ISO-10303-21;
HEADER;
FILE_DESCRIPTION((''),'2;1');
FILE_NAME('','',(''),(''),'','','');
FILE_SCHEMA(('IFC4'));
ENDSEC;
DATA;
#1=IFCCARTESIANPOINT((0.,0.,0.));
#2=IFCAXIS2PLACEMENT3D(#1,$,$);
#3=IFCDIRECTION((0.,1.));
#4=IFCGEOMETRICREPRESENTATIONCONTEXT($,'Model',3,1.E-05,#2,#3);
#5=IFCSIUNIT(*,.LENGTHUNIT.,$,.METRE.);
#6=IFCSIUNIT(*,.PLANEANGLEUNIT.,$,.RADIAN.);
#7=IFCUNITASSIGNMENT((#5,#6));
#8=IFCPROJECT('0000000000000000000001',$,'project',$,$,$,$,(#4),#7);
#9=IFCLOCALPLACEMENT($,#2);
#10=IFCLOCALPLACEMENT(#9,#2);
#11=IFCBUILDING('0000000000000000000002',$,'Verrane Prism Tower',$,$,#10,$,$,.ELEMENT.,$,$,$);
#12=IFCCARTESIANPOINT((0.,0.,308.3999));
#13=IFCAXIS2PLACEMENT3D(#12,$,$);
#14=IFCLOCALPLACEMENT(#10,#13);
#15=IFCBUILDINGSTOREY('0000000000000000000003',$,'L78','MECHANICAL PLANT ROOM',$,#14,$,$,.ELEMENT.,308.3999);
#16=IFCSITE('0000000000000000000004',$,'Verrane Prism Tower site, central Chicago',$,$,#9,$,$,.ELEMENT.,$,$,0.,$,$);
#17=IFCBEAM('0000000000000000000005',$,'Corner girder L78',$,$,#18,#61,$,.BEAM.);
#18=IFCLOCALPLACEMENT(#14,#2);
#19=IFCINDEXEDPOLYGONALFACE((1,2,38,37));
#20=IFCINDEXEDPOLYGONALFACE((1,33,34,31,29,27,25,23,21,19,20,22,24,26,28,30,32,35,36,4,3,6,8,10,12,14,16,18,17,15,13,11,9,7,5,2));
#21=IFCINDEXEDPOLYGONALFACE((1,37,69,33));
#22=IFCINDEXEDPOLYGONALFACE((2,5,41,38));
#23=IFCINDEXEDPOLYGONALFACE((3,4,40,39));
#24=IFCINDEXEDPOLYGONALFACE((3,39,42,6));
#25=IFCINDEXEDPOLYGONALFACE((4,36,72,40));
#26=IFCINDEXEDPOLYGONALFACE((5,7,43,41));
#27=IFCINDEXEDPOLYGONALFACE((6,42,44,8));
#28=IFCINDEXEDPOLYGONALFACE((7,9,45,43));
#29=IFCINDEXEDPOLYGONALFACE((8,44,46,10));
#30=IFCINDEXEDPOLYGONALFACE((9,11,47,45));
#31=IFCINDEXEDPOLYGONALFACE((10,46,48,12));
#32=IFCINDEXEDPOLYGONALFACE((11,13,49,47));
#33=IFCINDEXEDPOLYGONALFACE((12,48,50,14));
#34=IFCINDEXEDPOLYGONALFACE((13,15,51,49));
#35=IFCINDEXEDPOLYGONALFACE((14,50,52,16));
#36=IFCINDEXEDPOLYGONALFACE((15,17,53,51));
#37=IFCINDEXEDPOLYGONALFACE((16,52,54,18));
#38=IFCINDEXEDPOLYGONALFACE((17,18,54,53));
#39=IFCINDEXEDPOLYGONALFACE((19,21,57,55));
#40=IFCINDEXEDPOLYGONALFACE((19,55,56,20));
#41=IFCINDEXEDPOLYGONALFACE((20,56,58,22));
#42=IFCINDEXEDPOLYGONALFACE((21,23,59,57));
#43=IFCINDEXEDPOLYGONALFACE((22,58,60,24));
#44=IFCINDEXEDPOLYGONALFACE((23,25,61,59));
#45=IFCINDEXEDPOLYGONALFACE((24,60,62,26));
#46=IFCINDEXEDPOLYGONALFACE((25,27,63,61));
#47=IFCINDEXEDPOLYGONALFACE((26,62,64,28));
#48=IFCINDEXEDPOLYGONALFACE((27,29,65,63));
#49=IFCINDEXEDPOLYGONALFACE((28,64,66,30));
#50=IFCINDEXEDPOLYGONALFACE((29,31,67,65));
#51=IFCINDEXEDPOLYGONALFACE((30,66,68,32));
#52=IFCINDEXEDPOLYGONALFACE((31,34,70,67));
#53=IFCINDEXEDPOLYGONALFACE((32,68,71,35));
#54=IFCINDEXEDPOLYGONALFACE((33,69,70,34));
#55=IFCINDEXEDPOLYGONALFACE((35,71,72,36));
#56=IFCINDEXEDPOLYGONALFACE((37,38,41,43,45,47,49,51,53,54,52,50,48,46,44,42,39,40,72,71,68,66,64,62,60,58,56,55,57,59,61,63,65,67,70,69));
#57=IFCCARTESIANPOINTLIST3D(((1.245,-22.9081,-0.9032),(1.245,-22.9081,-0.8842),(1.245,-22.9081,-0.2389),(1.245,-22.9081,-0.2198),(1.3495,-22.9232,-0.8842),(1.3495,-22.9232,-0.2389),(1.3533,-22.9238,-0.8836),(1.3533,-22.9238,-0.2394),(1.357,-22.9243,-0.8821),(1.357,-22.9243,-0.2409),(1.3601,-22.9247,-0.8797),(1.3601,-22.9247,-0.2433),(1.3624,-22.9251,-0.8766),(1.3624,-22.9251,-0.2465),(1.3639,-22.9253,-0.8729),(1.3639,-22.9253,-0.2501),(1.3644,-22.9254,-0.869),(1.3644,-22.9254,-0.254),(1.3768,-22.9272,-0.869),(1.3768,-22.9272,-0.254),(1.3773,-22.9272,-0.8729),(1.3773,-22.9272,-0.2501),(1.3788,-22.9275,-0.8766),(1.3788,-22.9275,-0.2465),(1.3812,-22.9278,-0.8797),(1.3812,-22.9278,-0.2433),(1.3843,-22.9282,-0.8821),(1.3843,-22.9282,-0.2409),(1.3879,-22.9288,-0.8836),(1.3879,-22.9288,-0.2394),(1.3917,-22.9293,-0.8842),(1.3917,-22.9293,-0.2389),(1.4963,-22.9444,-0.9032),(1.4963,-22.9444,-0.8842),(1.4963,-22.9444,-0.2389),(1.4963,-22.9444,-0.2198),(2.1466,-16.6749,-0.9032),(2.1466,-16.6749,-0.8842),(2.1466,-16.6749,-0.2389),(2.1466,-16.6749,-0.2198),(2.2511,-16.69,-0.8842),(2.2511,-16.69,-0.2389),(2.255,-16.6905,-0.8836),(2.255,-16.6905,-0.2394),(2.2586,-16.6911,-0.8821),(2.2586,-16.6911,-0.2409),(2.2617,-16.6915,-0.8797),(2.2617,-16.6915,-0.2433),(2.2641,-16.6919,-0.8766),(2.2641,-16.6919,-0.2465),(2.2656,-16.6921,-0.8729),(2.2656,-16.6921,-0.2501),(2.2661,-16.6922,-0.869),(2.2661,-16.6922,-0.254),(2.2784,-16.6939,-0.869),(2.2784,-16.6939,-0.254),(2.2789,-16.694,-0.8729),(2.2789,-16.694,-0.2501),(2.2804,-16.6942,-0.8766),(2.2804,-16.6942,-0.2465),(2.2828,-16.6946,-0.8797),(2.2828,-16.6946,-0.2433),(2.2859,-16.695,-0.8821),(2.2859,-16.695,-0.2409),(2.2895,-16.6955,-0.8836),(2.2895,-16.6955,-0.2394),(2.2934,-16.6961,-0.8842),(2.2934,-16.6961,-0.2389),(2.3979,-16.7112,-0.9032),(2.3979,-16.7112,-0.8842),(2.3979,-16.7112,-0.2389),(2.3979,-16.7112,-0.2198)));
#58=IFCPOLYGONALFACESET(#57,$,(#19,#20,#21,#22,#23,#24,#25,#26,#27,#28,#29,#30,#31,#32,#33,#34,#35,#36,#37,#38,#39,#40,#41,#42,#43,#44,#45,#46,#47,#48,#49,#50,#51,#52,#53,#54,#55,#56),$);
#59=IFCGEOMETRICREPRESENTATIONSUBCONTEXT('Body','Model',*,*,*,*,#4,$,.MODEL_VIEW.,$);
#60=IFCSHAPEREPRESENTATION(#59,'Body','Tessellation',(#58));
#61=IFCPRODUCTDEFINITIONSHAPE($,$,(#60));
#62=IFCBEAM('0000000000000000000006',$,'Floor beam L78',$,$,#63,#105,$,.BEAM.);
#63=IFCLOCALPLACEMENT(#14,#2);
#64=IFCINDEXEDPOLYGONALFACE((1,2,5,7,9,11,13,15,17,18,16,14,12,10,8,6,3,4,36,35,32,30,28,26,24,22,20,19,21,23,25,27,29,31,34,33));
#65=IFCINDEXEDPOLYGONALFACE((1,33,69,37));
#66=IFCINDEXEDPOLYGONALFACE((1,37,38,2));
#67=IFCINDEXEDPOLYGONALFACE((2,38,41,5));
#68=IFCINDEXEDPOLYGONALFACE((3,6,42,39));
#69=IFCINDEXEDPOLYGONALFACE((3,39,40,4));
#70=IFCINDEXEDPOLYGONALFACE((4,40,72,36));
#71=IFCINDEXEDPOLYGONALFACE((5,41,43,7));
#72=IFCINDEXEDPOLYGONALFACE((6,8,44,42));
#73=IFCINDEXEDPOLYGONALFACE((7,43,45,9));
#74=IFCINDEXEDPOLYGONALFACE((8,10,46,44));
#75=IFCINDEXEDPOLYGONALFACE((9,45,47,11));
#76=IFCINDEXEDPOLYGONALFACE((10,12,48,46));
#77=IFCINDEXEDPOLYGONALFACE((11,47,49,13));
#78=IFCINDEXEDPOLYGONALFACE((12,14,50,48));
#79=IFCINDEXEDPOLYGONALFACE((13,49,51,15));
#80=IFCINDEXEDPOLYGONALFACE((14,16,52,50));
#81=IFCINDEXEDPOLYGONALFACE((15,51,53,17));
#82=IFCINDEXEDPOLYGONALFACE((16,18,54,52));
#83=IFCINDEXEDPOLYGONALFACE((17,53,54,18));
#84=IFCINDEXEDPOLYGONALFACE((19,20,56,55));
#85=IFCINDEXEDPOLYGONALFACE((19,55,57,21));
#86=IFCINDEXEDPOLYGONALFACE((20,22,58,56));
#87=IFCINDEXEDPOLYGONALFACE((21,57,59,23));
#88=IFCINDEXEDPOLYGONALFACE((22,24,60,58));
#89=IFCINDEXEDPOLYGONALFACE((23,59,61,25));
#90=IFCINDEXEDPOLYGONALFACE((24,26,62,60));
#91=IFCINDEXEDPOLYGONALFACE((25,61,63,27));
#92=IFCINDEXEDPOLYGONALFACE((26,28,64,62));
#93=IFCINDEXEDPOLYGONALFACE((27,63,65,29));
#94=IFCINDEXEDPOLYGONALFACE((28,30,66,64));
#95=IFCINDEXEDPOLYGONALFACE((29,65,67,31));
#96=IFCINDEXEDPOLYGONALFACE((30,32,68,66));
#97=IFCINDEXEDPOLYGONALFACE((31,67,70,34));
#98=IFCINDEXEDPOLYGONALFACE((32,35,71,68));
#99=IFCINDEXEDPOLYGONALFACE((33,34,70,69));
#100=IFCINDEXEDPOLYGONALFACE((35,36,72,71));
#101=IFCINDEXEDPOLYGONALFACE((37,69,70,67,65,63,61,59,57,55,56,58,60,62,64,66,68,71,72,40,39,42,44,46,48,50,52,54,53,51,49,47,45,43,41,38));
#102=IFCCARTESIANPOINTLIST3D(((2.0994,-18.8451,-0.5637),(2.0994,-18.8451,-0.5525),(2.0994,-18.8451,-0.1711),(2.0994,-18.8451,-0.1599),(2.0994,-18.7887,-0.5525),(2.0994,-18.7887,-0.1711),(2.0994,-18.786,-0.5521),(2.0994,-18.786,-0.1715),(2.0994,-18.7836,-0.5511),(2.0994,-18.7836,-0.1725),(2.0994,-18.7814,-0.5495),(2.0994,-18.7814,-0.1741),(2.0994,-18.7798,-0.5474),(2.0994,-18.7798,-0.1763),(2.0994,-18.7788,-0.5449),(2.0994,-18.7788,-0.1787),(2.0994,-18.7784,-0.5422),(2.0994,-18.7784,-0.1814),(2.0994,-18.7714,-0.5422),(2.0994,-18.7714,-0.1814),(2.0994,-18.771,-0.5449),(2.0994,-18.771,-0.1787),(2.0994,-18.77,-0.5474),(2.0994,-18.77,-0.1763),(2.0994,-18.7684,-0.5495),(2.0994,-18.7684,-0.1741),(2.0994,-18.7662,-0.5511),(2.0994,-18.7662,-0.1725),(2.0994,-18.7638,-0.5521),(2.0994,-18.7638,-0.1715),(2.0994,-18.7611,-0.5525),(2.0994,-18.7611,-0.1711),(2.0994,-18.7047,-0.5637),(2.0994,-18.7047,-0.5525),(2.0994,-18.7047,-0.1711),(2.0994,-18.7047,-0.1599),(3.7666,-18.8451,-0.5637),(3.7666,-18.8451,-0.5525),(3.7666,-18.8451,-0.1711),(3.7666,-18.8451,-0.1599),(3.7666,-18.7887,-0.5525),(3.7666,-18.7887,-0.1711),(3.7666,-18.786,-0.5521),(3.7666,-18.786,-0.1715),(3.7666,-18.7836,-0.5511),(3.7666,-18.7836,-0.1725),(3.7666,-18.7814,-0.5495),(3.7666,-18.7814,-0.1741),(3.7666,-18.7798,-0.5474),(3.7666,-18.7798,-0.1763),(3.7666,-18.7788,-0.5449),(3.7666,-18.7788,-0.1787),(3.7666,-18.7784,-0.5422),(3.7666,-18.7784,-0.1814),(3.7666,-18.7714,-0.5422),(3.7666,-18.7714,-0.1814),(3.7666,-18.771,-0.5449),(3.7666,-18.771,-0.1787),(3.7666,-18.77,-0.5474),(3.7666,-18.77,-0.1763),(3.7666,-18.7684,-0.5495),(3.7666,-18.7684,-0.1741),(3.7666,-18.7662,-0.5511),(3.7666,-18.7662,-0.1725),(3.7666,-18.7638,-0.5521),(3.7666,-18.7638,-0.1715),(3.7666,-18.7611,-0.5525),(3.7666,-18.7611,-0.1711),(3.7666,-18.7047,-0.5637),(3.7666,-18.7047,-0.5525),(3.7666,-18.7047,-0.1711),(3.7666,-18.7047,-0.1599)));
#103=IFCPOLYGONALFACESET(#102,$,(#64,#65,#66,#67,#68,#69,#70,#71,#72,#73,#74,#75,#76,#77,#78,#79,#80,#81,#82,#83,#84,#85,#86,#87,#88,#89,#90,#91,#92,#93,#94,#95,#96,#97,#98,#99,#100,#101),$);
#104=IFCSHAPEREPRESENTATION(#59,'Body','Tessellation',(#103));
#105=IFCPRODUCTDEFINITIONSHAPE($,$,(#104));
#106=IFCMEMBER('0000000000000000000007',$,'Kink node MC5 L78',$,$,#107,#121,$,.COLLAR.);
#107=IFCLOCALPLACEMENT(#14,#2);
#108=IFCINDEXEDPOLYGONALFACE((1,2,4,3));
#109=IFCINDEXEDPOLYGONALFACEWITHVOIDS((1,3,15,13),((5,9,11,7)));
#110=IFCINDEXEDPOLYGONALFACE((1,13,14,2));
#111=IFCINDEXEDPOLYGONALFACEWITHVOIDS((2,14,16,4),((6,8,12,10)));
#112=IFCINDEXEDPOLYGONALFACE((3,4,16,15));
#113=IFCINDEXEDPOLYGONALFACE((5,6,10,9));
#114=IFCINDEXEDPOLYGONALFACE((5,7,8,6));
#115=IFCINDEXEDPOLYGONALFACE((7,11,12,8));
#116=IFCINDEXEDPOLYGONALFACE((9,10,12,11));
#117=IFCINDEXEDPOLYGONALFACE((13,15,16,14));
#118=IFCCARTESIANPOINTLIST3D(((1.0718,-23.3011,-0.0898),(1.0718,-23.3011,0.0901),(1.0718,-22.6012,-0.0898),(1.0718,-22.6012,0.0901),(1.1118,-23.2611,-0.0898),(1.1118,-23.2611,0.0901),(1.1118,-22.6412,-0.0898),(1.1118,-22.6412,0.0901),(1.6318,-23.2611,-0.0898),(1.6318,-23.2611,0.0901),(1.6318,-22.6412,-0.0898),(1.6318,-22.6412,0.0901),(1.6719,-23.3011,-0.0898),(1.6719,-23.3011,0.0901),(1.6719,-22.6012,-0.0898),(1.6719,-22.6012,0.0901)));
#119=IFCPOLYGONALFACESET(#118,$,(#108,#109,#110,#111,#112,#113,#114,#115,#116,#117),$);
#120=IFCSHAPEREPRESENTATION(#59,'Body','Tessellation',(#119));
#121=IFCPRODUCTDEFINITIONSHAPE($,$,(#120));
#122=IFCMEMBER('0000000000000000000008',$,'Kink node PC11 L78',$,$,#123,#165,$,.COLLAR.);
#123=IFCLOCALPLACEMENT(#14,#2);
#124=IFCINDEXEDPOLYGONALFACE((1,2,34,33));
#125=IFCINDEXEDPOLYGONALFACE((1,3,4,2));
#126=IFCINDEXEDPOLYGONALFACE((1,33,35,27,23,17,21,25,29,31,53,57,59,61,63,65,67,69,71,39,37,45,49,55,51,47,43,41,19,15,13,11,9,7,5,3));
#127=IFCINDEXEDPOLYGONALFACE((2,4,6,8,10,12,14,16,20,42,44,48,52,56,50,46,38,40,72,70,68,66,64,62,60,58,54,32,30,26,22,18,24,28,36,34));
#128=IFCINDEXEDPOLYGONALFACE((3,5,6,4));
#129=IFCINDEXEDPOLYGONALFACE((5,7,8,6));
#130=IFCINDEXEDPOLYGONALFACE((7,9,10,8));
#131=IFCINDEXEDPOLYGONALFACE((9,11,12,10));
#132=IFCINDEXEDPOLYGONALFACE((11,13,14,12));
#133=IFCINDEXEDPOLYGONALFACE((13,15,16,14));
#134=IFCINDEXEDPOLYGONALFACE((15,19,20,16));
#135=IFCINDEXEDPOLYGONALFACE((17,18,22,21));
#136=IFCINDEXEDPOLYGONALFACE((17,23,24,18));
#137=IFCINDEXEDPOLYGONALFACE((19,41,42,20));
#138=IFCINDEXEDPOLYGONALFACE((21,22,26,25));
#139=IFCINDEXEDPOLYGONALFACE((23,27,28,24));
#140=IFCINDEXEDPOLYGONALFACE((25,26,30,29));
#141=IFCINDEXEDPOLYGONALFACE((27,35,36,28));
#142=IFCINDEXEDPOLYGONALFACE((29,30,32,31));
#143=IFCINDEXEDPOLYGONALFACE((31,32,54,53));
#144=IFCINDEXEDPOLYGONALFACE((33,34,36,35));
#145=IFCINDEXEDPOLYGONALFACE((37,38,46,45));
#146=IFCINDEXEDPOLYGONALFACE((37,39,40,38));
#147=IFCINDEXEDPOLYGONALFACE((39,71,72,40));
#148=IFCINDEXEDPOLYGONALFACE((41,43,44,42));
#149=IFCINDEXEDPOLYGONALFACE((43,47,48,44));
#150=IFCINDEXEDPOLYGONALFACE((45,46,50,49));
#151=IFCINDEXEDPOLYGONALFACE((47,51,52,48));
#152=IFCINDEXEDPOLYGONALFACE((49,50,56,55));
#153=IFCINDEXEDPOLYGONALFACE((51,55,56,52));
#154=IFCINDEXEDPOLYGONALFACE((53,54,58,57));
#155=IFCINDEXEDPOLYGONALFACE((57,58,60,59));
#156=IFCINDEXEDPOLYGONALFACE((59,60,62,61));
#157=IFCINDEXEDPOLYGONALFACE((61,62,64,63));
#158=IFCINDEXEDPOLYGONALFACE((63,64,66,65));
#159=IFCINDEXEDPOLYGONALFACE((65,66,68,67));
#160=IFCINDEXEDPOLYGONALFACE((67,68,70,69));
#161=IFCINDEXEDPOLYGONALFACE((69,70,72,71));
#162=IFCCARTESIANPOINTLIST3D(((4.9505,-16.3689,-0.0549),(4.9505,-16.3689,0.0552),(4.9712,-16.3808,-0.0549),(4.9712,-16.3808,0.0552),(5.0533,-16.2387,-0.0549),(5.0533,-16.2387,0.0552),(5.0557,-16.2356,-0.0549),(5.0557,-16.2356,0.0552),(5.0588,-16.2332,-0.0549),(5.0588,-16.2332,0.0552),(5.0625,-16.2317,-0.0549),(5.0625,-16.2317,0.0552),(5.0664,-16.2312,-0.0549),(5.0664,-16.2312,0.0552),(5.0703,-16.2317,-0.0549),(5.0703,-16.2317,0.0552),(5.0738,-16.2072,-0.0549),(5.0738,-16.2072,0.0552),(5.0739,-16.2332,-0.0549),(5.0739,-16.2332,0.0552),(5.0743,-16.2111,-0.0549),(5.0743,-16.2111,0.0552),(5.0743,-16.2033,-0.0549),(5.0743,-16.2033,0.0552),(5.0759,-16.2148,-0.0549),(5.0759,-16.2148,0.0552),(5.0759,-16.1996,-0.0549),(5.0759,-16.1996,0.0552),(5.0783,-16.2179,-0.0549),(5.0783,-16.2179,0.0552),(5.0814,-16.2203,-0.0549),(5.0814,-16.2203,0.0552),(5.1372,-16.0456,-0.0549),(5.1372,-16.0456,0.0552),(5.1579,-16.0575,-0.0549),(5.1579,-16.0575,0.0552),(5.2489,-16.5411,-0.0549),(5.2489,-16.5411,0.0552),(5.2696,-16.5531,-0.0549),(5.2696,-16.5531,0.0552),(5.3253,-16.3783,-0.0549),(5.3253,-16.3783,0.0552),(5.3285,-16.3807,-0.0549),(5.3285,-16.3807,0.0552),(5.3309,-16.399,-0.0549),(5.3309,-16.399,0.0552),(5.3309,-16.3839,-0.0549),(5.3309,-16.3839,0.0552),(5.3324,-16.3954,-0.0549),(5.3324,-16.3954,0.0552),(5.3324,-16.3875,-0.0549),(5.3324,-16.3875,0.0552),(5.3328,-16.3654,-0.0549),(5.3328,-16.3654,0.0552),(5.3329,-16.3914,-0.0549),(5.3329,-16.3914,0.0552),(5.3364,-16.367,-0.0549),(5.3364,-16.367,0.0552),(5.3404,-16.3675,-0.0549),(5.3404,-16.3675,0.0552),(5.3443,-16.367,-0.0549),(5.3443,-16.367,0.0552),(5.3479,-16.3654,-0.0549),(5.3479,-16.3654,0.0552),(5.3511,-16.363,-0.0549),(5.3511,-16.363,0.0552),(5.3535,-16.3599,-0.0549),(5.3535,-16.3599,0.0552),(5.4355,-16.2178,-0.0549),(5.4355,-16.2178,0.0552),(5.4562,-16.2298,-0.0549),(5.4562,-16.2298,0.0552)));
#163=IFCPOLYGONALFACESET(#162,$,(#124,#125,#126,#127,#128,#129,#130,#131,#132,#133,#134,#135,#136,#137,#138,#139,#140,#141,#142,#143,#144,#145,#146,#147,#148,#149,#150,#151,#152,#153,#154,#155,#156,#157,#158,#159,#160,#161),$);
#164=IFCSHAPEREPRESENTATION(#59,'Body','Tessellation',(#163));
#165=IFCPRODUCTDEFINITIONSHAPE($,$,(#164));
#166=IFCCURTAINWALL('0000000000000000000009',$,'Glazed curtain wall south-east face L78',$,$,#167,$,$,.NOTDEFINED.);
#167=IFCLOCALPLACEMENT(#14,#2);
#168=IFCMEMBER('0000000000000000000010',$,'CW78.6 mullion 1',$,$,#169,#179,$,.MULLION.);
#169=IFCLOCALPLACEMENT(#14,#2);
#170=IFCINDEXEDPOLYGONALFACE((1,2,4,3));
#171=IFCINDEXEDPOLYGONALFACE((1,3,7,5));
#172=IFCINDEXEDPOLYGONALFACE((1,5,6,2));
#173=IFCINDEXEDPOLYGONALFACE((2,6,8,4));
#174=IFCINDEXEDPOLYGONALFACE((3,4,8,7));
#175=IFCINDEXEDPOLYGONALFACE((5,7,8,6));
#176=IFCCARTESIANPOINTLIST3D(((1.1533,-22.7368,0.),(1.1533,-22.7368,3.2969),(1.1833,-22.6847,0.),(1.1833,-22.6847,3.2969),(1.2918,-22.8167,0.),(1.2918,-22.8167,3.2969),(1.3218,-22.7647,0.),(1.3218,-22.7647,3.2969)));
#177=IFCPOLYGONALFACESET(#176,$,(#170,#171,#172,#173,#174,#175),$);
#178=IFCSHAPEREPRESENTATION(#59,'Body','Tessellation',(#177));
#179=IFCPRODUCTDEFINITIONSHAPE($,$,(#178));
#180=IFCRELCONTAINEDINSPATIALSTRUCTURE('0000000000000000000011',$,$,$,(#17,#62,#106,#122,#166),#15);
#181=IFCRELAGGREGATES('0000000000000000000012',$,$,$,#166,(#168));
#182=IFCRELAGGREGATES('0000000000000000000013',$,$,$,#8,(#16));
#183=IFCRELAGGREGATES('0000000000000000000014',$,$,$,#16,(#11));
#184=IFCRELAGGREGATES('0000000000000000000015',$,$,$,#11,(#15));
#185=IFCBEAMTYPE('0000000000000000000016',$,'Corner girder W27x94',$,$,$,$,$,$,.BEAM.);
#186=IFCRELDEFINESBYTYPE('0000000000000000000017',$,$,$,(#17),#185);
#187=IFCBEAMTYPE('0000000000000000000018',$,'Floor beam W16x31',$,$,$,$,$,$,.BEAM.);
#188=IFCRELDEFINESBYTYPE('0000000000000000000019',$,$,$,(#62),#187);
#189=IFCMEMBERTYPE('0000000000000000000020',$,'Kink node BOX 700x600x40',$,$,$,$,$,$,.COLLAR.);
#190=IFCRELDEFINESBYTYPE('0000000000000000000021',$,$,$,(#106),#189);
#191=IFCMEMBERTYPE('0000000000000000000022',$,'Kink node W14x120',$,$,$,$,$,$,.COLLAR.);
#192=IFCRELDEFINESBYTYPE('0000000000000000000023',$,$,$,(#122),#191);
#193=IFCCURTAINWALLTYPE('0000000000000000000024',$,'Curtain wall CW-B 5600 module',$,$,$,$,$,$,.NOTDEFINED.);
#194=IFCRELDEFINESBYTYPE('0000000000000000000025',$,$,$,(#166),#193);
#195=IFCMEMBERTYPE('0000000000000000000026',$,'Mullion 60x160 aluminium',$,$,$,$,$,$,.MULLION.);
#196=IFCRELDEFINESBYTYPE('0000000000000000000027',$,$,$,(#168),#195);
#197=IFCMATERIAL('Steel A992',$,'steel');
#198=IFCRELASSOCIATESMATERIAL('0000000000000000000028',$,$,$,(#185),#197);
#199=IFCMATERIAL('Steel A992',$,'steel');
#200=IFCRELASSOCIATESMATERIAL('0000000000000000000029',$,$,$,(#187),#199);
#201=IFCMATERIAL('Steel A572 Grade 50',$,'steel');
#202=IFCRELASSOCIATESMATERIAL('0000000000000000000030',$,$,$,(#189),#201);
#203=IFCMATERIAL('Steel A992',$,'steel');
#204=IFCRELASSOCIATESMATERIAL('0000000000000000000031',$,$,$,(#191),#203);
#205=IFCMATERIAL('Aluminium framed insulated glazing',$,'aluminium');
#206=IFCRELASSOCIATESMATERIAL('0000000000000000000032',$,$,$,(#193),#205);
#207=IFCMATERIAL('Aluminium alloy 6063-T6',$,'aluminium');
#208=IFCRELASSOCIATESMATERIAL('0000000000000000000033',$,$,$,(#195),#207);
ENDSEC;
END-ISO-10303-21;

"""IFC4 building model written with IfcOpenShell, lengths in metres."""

from ifc_helpers import new_model, si_unit, direction, frame, origin, origin_2d, place, context, subcontext, project, spatial, rectangle, hollow_rectangle, i_section, extrude, material, material_profile, profile_set, type_object, element, aggregate, save


model = new_model("IFC4")

# Units and contexts
model_context = context("Model", 3, precision=1e-05, world=origin(), true_north=direction((0.0, 1.0)))
body_context = subcontext(model_context, "Body", "Model", "MODEL_VIEW")
ifc_project = project(units=[si_unit("LENGTHUNIT", "METRE"), si_unit("PLANEANGLEUNIT", "RADIAN")], contexts=[model_context])

# Site, building, storey
site_placement = place(None, origin())
site = spatial("IfcSite", under=ifc_project, at=site_placement, Name="Verrane Prism Tower site, central Chicago", CompositionType="ELEMENT", RefElevation=0.0)
building_placement = place(site_placement, origin())
building = spatial("IfcBuilding", under=site, at=building_placement, Name="Verrane Prism Tower", CompositionType="ELEMENT")
storey_placement = place(building_placement, frame((0.0, 0.0, 308.3999)))
storey = spatial("IfcBuildingStorey", under=building, at=storey_placement, Name="L78", Description="MECHANICAL PLANT ROOM", CompositionType="ELEMENT", Elevation=308.3999)

# Beams
ifc_material_1 = material(Name="Steel A992", Category="steel")
ifc_material_profile_1 = material_profile(ifc_material_1, i_section(OverallWidth=0.2539, OverallDepth=0.6833, WebThickness=0.0125, FlangeThickness=0.019, FilletRadius=0.0151, at=origin_2d()), Name="W27x94")
ifc_profile_set_1 = profile_set([ifc_material_profile_1], Name="Steel A992")
beam_type_1 = type_object("IfcBeamType", Name="Corner girder W27x94", PredefinedType="BEAM", material=ifc_profile_set_1)
beam_1_placement = place(storey_placement, frame((1.3706, -22.9263, -0.5615), z_axis=(0.143158, 0.9897, 0.0), x_axis=(-0.9897, 0.143158, 0.0)))
element("IfcBeam", 1, at=beam_1_placement, inside=storey, type_object=beam_type_1, Name="Corner girder L78", PredefinedType="BEAM", context=body_context, shape_type="SweptSolid", body=[
    extrude(i_section(OverallWidth=0.2539, OverallDepth=0.6833, WebThickness=0.0125, FlangeThickness=0.019, FilletRadius=0.0151, at=origin_2d()), origin(), (0.0, 0.0, 1.0), 6.2981),
])
ifc_material_2 = material(Name="Steel A992", Category="steel")
ifc_material_profile_2 = material_profile(ifc_material_2, i_section(OverallWidth=0.1404, OverallDepth=0.4038, WebThickness=0.0071, FlangeThickness=0.0112, FilletRadius=0.0103, at=origin_2d()), Name="W16x31")
ifc_profile_set_2 = profile_set([ifc_material_profile_2], Name="Steel A992")
beam_type_2 = type_object("IfcBeamType", Name="Floor beam W16x31", PredefinedType="BEAM", material=ifc_profile_set_2)
beam_2_placement = place(storey_placement, frame((2.0994, -18.7749, -0.3618), z_axis=(1.0, 0.0, 0.0), x_axis=(0.0, 1.0, 0.0)))
element("IfcBeam", 2, at=beam_2_placement, inside=storey, type_object=beam_type_2, Name="Floor beam L78", PredefinedType="BEAM", context=body_context, shape_type="SweptSolid", body=[
    extrude(i_section(OverallWidth=0.1404, OverallDepth=0.4038, WebThickness=0.0071, FlangeThickness=0.0112, FilletRadius=0.0103, at=origin_2d()), origin(), (0.0, 0.0, 1.0), 1.6672),
])

# Members
ifc_material_3 = material(Name="Steel A572 Grade 50", Category="steel")
ifc_material_profile_3 = material_profile(ifc_material_3, hollow_rectangle(XDim=0.6001, YDim=0.7, WallThickness=0.04, at=origin_2d()), Name="BOX 700x600x40")
ifc_profile_set_3 = profile_set([ifc_material_profile_3], Name="Steel A572 Grade 50")
member_type_1 = type_object("IfcMemberType", Name="Kink node BOX 700x600x40", PredefinedType="COLLAR", material=ifc_profile_set_3)
member_1_placement = place(storey_placement, frame((1.3718, -22.9512, -0.0898), z_axis=(0.0, 0.0, 1.0), x_axis=(-1.0, 0.0, 0.0)))
element("IfcMember", 3, at=member_1_placement, inside=storey, type_object=member_type_1, Name="Kink node MC5 L78", PredefinedType="COLLAR", context=body_context, shape_type="SweptSolid", body=[
    extrude(hollow_rectangle(XDim=0.6001, YDim=0.7, WallThickness=0.04, at=origin_2d()), origin(), (0.0, 0.0, 1.0), 0.1799),
])
ifc_material_4 = material(Name="Steel A992", Category="steel")
ifc_material_profile_4 = material_profile(ifc_material_4, i_section(OverallWidth=0.3733, OverallDepth=0.3684, WebThickness=0.0149, FlangeThickness=0.0239, FilletRadius=0.0151, at=origin_2d()), Name="W14x120")
ifc_profile_set_4 = profile_set([ifc_material_profile_4], Name="Steel A992")
member_type_2 = type_object("IfcMemberType", Name="Kink node W14x120", PredefinedType="COLLAR", material=ifc_profile_set_4)
member_2_placement = place(storey_placement, frame((5.2034, -16.2993, -0.0549), z_axis=(0.0, 0.0, 1.0), x_axis=(-0.5, -0.866025, 0.0)))
element("IfcMember", 4, at=member_2_placement, inside=storey, type_object=member_type_2, Name="Kink node PC11 L78", PredefinedType="COLLAR", context=body_context, shape_type="SweptSolid", body=[
    extrude(i_section(OverallWidth=0.3733, OverallDepth=0.3684, WebThickness=0.0149, FlangeThickness=0.0239, FilletRadius=0.0151, at=origin_2d()), origin(), (0.0, 0.0, 1.0), 0.1101),
])

# Curtain wall, member
ifc_material_5 = material(Name="Aluminium framed insulated glazing", Category="aluminium")
curtain_wall_type_1 = type_object("IfcCurtainWallType", Name="Curtain wall CW-B 5600 module", PredefinedType="NOTDEFINED", material=ifc_material_5)
curtain_wall_1_placement = place(storey_placement, origin())
curtain_wall_1 = element("IfcCurtainWall", 5, at=curtain_wall_1_placement, inside=storey, type_object=curtain_wall_type_1, Name="Glazed curtain wall south-east face L78", PredefinedType="NOTDEFINED")
ifc_material_6 = material(Name="Aluminium alloy 6063-T6", Category="aluminium")
ifc_material_profile_5 = material_profile(ifc_material_6, rectangle(XDim=0.1599, YDim=0.0601, at=origin_2d()), Name="Mullion 60x160 aluminium")
ifc_profile_set_5 = profile_set([ifc_material_profile_5], Name="Aluminium alloy 6063-T6")
member_type_3 = type_object("IfcMemberType", Name="Mullion 60x160 aluminium", PredefinedType="MULLION", material=ifc_profile_set_5)
member_3_placement = place(storey_placement, frame((1.2375, -22.7507, 0.0), z_axis=(0.0, 0.0, 1.0), x_axis=(-0.866025, 0.5, 0.0)))
member_3 = element("IfcMember", 6, at=member_3_placement, type_object=member_type_3, Name="CW78.6 mullion 1", PredefinedType="MULLION", context=body_context, shape_type="SweptSolid", body=[
    extrude(rectangle(XDim=0.1599, YDim=0.0601, at=origin_2d()), origin(), (0.0, 0.0, 1.0), 3.2969),
])

aggregate(curtain_wall_1, [member_3])

save(model, "model.ifc")
